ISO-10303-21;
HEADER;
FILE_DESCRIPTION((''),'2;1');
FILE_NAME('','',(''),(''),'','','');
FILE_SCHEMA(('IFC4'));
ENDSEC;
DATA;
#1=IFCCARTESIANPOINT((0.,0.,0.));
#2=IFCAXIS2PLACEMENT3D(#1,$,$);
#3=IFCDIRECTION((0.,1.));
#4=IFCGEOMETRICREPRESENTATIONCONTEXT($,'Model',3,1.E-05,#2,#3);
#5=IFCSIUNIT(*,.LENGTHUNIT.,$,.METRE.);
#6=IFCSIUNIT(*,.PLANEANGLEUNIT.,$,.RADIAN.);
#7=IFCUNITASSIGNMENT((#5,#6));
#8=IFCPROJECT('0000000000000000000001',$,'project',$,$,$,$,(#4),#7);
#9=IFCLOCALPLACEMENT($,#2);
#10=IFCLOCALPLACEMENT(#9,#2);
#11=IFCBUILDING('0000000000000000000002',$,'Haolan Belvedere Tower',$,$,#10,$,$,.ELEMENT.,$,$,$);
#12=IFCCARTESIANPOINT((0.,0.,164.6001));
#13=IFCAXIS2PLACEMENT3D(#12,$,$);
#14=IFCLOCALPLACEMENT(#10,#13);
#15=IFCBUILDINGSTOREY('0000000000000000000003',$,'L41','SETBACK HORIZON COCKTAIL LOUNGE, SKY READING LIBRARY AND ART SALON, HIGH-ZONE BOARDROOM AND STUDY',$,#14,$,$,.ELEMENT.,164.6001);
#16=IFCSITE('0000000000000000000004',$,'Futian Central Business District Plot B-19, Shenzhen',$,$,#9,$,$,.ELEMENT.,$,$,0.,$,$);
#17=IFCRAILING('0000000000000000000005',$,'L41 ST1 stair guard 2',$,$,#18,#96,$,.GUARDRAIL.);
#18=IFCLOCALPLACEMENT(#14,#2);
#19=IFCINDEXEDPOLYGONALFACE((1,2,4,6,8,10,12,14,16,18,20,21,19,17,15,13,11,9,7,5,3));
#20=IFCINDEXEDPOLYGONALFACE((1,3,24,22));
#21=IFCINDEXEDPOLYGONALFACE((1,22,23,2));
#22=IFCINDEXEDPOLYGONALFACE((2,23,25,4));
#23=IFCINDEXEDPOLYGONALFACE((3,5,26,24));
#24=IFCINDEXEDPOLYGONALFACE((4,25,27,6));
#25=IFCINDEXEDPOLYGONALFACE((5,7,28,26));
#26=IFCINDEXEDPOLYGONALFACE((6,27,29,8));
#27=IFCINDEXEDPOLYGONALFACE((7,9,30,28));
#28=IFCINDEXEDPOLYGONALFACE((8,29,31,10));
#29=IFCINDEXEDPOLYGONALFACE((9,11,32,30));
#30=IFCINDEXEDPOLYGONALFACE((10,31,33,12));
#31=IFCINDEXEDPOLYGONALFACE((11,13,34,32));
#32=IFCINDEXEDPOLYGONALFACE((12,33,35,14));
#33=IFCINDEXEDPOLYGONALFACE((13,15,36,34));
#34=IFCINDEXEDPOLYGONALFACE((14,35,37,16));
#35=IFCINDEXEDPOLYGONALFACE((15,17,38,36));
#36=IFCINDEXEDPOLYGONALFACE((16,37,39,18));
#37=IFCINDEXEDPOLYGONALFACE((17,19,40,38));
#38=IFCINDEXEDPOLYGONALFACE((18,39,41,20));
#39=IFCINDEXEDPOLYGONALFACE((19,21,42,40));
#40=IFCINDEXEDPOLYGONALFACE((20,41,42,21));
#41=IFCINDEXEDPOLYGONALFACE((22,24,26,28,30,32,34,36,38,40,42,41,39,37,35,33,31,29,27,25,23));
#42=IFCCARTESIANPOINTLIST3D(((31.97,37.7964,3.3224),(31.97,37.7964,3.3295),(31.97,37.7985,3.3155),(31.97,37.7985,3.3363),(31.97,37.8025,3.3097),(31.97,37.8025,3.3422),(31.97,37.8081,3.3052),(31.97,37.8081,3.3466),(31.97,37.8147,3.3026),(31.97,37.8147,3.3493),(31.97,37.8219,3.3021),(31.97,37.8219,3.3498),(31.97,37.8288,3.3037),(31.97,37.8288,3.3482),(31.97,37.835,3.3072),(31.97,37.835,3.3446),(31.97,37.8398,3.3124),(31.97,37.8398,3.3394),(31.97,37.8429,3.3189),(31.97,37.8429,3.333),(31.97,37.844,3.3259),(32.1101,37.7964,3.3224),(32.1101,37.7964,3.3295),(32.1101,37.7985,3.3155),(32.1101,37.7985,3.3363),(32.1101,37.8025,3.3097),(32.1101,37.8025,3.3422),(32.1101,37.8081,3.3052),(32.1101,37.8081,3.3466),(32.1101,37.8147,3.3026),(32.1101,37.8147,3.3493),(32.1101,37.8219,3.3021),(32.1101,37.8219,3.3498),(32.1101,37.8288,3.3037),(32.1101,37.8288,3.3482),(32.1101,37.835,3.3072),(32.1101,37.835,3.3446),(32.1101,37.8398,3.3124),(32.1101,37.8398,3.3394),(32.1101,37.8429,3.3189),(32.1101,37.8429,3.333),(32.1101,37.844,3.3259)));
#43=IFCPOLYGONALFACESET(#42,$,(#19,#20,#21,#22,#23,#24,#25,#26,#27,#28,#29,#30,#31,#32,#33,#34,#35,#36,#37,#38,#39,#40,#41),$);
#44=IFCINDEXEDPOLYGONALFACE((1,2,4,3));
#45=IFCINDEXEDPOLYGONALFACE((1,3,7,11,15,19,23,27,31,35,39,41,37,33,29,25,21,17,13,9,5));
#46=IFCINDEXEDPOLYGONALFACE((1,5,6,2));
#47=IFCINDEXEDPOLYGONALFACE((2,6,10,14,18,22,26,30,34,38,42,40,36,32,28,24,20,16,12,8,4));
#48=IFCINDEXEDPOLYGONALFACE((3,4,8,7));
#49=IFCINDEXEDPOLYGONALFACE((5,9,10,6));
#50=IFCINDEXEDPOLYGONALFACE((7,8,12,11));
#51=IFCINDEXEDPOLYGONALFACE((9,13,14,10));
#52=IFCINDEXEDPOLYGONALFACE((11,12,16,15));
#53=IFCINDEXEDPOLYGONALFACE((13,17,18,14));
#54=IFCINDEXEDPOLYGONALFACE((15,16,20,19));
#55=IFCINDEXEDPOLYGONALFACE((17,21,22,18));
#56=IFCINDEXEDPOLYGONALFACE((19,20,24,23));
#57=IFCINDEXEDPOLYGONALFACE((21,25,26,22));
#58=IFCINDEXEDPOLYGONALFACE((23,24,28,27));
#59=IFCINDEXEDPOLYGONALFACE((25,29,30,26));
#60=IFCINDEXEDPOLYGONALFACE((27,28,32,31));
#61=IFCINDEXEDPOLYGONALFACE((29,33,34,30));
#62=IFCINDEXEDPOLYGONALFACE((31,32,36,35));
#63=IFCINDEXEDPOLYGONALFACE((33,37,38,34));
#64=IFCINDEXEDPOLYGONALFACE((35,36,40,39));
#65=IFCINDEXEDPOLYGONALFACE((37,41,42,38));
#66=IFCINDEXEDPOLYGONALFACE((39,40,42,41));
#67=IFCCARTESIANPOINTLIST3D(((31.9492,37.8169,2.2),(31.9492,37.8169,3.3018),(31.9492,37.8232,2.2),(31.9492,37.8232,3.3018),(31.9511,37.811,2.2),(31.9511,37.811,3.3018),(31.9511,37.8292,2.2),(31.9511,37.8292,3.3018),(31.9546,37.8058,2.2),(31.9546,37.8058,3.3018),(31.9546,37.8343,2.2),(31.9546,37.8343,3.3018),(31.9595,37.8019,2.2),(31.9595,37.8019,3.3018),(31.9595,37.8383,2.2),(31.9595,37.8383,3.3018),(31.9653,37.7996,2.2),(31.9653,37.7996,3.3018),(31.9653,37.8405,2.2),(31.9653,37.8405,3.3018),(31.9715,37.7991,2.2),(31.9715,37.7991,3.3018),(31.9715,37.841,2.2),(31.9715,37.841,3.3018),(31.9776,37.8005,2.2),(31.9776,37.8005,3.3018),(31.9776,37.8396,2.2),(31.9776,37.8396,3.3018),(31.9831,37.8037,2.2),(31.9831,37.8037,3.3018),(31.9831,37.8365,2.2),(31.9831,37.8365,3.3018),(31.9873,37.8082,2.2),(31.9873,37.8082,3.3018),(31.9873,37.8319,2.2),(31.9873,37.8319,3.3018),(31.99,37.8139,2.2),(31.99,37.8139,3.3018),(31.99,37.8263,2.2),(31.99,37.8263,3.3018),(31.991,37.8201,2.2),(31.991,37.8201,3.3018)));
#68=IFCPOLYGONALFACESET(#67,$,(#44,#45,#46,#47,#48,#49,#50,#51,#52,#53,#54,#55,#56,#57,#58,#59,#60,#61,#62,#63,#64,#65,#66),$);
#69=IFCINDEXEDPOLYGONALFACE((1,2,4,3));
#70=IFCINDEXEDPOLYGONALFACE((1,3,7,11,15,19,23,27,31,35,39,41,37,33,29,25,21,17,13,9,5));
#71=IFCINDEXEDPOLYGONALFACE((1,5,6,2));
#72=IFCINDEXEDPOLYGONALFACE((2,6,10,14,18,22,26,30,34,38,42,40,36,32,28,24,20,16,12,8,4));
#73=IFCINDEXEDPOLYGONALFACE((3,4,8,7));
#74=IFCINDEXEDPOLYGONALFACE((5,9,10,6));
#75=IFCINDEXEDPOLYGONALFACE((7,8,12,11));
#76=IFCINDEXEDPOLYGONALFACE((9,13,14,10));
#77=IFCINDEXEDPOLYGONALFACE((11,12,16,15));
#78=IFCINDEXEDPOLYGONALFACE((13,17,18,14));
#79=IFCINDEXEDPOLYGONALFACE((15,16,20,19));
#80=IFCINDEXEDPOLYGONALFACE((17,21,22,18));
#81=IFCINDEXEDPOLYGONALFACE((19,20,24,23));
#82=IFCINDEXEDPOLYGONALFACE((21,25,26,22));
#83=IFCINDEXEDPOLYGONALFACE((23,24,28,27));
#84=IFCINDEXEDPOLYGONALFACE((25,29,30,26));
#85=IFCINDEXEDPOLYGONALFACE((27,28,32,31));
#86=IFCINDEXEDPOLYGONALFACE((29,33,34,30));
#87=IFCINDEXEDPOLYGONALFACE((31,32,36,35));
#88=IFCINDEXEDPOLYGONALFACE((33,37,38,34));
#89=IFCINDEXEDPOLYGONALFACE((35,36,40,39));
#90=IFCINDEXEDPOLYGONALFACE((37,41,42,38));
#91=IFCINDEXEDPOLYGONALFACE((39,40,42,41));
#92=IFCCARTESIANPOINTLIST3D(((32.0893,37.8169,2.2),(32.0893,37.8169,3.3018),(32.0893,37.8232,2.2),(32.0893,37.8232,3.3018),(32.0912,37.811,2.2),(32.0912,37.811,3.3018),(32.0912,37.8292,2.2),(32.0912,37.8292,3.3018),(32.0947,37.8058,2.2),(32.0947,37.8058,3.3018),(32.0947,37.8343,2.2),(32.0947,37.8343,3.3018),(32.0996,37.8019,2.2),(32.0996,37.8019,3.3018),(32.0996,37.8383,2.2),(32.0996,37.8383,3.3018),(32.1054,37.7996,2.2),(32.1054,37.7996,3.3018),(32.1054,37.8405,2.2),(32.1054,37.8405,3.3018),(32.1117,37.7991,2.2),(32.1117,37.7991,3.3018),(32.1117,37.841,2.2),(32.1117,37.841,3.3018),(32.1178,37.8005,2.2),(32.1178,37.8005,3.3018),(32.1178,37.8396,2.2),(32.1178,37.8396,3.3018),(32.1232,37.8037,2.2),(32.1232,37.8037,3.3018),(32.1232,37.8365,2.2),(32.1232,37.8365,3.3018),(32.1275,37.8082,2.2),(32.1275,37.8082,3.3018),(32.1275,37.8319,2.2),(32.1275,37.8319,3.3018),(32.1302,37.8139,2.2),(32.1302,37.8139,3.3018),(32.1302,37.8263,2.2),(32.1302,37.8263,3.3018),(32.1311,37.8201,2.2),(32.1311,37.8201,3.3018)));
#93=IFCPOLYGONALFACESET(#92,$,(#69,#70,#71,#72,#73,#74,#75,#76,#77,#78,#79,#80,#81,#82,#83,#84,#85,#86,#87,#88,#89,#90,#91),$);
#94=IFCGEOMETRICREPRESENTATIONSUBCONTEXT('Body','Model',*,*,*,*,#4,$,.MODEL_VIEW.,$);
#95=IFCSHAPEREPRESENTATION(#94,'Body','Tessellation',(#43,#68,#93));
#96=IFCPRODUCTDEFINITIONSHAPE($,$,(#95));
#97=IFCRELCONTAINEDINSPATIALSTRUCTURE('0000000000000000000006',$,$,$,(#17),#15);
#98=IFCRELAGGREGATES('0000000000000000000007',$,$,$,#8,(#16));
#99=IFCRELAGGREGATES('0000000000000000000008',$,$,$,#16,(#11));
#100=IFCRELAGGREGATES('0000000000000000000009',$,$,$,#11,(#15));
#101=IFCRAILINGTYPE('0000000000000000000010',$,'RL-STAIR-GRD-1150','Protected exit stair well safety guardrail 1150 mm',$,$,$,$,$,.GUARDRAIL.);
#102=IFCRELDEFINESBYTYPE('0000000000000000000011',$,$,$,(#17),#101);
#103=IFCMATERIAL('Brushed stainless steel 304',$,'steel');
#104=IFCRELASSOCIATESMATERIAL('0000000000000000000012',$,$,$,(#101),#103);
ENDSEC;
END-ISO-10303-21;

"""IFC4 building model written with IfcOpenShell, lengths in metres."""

from ifc_helpers import new_model, si_unit, direction, frame, origin, origin_2d, place, context, subcontext, project, spatial, circle, extrude, material, type_object, element, save


model = new_model("IFC4")

# Units and contexts
model_context = context("Model", 3, precision=1e-05, world=origin(), true_north=direction((0.0, 1.0)))
body_context = subcontext(model_context, "Body", "Model", "MODEL_VIEW")
ifc_project = project(units=[si_unit("LENGTHUNIT", "METRE"), si_unit("PLANEANGLEUNIT", "RADIAN")], contexts=[model_context])

# Site, building, storey
site_placement = place(None, origin())
site = spatial("IfcSite", under=ifc_project, at=site_placement, Name="Futian Central Business District Plot B-19, Shenzhen", CompositionType="ELEMENT", RefElevation=0.0)
building_placement = place(site_placement, origin())
building = spatial("IfcBuilding", under=site, at=building_placement, Name="Haolan Belvedere Tower", CompositionType="ELEMENT")
storey_placement = place(building_placement, frame((0.0, 0.0, 164.6001)))
storey = spatial("IfcBuildingStorey", under=building, at=storey_placement, Name="L41", Description="SETBACK HORIZON COCKTAIL LOUNGE, SKY READING LIBRARY AND ART SALON, HIGH-ZONE BOARDROOM AND STUDY", CompositionType="ELEMENT", Elevation=164.6001)

# Railing
ifc_material_1 = material(Name="Brushed stainless steel 304", Category="steel")
railing_type_1 = type_object("IfcRailingType", Name="RL-STAIR-GRD-1150", Description="Protected exit stair well safety guardrail 1150 mm", PredefinedType="GUARDRAIL", material=ifc_material_1)
railing_1_placement = place(storey_placement, frame((31.97, 37.8201, 2.2)))
element("IfcRailing", 1, at=railing_1_placement, inside=storey, type_object=railing_type_1, Name="L41 ST1 stair guard 2", PredefinedType="GUARDRAIL", context=body_context, shape_type="SweptSolid", body=[
    extrude(circle(Radius=0.0239, at=origin_2d()), frame((0.0, 0.0, 1.126), z_axis=(1.0, 0.0, 0.0), x_axis=(0.0, 1.0, 0.0)), (0.0, 0.0, 1.0), 0.1401),
    extrude(circle(Radius=0.021, at=origin_2d()), origin(), (0.0, 0.0, 1.0), 1.1018),
    extrude(circle(Radius=0.021, at=origin_2d()), frame((0.1401, 0.0, 0.0)), (0.0, 0.0, 1.0), 1.1018),
])

save(model, "model.ifc")
